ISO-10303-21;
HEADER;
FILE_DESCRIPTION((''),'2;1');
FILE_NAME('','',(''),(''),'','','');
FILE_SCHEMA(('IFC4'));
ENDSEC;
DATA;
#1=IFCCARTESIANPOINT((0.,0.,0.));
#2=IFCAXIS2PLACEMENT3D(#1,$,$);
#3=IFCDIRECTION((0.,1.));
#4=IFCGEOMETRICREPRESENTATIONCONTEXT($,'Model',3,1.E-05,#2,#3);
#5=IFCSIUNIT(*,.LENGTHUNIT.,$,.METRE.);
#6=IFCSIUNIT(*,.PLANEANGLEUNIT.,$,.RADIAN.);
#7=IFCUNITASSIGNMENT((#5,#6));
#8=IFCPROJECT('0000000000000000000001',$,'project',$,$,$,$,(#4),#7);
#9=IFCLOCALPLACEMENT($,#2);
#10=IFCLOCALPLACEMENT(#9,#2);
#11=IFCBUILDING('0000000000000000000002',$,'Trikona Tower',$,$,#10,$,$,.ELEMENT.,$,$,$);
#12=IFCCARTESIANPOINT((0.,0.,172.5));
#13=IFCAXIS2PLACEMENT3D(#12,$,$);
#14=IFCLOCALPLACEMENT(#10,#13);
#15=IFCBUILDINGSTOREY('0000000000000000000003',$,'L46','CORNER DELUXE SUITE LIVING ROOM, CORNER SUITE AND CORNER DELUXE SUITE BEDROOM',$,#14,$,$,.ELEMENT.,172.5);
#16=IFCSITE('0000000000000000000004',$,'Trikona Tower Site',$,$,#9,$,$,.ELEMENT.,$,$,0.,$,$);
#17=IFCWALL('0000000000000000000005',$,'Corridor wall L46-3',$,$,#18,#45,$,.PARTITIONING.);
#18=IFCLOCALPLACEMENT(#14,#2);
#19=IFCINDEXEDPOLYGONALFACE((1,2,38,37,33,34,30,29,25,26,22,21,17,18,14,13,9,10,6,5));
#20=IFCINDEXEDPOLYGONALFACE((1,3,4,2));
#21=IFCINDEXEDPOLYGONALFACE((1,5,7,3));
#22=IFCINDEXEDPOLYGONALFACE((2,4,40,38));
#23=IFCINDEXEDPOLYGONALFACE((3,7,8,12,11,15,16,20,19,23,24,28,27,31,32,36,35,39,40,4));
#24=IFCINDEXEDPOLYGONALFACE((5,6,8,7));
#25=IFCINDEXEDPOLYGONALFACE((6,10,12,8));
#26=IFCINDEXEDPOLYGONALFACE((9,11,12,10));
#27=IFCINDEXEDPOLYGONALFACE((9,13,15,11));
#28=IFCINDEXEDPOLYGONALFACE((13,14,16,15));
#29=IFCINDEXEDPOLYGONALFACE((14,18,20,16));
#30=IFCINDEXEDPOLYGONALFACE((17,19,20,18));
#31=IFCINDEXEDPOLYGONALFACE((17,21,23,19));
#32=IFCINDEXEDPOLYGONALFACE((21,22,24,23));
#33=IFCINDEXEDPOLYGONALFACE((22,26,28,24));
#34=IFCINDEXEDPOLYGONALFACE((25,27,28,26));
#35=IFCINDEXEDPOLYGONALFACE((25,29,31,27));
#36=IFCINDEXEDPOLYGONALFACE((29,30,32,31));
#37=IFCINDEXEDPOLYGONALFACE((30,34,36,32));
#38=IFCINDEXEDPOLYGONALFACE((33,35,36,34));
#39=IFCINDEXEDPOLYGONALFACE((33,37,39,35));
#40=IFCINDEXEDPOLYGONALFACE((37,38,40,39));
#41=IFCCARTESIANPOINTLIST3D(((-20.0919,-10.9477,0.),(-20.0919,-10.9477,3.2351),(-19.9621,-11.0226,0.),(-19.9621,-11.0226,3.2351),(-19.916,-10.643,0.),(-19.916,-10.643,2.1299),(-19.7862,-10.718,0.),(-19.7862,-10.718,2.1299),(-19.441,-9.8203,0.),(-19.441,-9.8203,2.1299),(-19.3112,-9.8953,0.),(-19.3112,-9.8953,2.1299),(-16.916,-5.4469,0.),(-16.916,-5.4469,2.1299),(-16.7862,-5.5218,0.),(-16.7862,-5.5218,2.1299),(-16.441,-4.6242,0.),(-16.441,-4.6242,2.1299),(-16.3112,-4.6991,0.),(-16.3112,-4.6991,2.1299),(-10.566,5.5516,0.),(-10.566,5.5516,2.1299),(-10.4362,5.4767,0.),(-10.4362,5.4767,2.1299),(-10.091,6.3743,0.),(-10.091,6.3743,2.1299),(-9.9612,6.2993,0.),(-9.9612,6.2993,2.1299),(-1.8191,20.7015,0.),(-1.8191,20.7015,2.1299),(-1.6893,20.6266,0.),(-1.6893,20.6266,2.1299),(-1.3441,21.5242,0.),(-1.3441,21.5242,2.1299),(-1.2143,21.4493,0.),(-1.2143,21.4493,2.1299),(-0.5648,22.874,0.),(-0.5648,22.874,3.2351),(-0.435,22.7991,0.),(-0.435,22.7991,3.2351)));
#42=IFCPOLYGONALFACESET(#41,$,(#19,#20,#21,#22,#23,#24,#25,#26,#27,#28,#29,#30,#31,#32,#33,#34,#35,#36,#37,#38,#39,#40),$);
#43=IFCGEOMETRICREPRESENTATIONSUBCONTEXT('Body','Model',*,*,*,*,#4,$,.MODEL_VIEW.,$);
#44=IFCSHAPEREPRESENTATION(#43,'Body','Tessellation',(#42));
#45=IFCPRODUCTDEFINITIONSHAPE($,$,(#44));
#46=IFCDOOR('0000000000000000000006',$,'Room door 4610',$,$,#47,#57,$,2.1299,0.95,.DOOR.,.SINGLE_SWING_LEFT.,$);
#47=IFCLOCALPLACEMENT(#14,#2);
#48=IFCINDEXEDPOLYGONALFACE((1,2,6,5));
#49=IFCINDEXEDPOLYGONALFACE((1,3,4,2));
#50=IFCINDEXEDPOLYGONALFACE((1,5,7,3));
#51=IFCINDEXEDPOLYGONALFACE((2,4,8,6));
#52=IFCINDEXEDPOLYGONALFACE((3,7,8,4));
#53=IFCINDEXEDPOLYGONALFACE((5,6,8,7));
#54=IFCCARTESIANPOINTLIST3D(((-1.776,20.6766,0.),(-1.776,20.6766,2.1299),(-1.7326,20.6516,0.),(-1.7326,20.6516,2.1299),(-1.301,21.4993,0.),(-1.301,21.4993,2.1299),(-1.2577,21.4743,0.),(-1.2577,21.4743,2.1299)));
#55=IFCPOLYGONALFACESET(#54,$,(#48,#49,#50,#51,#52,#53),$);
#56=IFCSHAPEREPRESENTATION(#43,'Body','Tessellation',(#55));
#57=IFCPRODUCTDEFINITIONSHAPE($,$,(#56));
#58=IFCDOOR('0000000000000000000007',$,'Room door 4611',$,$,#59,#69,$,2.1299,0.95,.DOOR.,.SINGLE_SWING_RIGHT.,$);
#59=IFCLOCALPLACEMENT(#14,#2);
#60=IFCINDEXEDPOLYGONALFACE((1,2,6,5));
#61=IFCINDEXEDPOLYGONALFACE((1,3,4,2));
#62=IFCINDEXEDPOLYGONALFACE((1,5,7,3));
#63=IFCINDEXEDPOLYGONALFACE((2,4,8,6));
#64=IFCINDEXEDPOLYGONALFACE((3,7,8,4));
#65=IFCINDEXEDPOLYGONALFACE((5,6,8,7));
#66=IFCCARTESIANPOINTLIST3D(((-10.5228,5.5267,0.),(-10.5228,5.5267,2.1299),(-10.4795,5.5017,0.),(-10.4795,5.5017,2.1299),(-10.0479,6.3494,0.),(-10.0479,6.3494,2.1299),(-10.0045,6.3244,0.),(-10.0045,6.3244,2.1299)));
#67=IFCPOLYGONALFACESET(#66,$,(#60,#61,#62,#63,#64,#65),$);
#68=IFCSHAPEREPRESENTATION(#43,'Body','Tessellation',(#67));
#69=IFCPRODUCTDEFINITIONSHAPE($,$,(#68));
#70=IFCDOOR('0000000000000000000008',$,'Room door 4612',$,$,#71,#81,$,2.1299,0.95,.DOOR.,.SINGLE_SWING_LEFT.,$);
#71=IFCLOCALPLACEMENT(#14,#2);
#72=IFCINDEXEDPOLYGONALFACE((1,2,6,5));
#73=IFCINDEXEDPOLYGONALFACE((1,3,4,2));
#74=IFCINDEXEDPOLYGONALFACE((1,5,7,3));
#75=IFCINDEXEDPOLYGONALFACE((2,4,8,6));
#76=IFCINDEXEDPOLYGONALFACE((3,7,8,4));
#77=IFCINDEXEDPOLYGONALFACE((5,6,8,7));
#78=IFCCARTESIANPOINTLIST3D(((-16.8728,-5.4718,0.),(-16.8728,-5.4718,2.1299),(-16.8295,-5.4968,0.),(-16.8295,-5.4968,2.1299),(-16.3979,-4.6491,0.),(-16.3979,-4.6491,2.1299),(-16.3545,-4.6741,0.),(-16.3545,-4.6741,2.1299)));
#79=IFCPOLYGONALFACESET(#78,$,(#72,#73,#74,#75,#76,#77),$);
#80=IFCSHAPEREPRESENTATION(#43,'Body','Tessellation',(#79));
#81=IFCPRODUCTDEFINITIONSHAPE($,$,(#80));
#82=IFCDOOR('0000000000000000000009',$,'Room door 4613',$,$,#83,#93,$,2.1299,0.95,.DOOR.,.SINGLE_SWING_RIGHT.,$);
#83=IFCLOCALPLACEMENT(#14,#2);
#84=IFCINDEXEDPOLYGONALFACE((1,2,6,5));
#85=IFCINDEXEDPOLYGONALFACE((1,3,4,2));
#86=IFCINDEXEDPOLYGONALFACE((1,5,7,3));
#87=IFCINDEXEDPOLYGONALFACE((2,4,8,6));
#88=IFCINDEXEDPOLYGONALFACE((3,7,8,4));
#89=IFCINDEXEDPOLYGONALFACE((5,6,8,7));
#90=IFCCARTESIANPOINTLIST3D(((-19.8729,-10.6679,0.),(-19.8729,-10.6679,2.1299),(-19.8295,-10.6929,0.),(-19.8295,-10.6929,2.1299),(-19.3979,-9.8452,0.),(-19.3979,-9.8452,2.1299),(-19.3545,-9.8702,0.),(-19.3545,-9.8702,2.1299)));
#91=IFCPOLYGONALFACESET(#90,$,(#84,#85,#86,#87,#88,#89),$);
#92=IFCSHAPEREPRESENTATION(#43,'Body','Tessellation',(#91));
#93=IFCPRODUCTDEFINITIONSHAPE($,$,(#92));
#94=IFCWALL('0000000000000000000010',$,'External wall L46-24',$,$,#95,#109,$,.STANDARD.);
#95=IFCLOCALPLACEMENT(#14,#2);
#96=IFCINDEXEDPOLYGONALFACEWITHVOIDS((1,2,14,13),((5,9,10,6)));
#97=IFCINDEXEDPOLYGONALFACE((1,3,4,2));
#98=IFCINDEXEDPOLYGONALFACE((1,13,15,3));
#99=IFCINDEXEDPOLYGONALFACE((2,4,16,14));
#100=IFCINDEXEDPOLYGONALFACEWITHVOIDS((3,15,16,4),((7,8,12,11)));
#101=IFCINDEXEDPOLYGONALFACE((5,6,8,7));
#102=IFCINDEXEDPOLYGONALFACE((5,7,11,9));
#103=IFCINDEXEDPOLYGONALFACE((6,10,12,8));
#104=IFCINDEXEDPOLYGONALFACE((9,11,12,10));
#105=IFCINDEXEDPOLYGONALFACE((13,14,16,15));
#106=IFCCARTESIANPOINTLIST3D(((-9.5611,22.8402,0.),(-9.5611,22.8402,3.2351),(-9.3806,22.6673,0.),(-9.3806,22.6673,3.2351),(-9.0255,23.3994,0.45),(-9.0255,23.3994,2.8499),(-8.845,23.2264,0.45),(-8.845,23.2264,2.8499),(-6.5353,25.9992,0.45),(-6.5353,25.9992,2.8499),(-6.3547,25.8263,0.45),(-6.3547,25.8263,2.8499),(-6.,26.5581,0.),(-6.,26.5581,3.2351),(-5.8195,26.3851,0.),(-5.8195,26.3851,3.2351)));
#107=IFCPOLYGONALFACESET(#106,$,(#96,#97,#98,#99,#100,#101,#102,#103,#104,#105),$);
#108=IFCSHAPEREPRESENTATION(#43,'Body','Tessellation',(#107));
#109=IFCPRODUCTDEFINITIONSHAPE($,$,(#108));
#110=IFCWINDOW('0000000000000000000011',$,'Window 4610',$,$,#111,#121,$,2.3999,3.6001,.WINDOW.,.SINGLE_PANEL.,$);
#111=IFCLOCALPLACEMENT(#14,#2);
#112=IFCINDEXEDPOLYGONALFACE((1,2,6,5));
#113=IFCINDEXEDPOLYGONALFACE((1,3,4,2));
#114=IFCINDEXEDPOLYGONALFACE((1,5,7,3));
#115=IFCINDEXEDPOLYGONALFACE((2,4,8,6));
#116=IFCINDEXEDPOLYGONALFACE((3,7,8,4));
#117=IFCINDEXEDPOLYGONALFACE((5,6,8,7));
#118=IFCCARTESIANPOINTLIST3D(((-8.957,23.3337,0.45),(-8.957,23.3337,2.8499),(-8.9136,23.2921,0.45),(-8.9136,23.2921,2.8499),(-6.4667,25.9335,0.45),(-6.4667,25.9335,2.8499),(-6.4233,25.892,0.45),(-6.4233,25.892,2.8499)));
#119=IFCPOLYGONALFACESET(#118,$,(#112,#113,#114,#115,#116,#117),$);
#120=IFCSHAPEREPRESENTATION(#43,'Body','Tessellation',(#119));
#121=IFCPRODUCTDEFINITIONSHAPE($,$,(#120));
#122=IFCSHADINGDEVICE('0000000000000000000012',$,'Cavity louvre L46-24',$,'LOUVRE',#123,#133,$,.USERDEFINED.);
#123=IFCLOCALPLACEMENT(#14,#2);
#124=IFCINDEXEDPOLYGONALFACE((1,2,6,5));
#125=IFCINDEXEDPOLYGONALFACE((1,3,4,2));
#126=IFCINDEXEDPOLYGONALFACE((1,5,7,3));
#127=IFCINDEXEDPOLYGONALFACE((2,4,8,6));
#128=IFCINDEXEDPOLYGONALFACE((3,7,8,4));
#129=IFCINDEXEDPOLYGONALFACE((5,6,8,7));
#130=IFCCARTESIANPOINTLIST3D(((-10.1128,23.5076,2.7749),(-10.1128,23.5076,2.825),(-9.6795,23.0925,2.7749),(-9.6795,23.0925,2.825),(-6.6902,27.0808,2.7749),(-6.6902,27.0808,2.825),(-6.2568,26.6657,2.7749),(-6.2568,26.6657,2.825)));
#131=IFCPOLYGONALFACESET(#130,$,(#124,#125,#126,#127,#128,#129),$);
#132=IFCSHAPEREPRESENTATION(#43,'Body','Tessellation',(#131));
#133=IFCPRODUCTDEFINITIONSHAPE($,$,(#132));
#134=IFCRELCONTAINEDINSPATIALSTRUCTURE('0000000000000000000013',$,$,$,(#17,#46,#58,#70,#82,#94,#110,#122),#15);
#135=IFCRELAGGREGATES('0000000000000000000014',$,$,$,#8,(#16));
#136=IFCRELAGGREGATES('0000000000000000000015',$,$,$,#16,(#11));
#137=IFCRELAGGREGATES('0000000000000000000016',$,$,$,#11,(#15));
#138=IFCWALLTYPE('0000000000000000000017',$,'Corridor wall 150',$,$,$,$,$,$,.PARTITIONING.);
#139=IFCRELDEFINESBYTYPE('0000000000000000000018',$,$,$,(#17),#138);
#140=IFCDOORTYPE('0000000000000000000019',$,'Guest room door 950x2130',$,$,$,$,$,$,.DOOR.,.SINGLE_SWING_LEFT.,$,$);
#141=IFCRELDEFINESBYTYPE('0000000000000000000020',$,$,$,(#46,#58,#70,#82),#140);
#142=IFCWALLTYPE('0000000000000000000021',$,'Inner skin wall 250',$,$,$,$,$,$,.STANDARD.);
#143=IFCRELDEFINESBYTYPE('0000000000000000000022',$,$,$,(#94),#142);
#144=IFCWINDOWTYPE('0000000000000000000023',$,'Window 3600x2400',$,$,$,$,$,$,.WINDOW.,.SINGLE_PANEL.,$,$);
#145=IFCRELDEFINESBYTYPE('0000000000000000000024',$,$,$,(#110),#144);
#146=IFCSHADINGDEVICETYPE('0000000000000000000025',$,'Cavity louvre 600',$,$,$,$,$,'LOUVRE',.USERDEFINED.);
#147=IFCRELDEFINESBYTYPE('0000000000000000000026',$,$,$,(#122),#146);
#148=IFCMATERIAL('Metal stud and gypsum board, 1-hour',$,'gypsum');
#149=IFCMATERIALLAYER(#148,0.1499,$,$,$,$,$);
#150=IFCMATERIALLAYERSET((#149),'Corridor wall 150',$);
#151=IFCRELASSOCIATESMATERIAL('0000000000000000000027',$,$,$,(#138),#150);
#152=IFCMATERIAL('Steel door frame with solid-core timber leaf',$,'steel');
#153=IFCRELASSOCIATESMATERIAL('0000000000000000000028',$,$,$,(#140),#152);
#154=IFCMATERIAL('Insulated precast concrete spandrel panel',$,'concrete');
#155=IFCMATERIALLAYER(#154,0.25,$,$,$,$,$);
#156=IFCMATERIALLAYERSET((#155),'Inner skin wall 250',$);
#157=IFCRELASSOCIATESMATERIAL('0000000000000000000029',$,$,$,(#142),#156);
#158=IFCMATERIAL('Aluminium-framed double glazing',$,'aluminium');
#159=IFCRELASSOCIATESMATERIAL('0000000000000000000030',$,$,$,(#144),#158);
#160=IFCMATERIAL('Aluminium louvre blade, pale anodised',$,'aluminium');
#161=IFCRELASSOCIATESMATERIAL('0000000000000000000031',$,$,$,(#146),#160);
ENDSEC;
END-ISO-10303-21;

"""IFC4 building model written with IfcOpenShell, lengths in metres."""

from ifc_helpers import new_model, si_unit, direction, frame, frame_2d, origin, origin_2d, place, context, subcontext, project, spatial, rectangle, extrude, material, layer, layer_set, type_object, element, fill, save


model = new_model("IFC4")

# Units and contexts
model_context = context("Model", 3, precision=1e-05, world=origin(), true_north=direction((0.0, 1.0)))
body_context = subcontext(model_context, "Body", "Model", "MODEL_VIEW")
ifc_project = project(units=[si_unit("LENGTHUNIT", "METRE"), si_unit("PLANEANGLEUNIT", "RADIAN")], contexts=[model_context])

# Site, building, storey
site_placement = place(None, origin())
site = spatial("IfcSite", under=ifc_project, at=site_placement, Name="Trikona Tower Site", CompositionType="ELEMENT", RefElevation=0.0)
building_placement = place(site_placement, origin())
building = spatial("IfcBuilding", under=site, at=building_placement, Name="Trikona Tower", CompositionType="ELEMENT")
storey_placement = place(building_placement, frame((0.0, 0.0, 172.5)))
storey = spatial("IfcBuildingStorey", under=building, at=storey_placement, Name="L46", Description="CORNER DELUXE SUITE LIVING ROOM, CORNER SUITE AND CORNER DELUXE SUITE BEDROOM", CompositionType="ELEMENT", Elevation=172.5)

# Wall, openings, doors
ifc_material_1 = material(Name="Metal stud and gypsum board, 1-hour", Category="gypsum")
ifc_layer_1 = layer(ifc_material_1, 0.1499)
ifc_layer_set_1 = layer_set([ifc_layer_1], Name="Corridor wall 150")
wall_type_1 = type_object("IfcWallType", Name="Corridor wall 150", PredefinedType="PARTITIONING", material=ifc_layer_set_1)
wall_1_placement = place(storey_placement, frame((-0.5, 22.8364, 0.0), z_axis=(0.0, 0.0, 1.0), x_axis=(-0.500002, -0.866024, 0.0)))
wall_1 = element("IfcWall", 1, at=wall_1_placement, inside=storey, type_object=wall_type_1, Name="Corridor wall L46-3", PredefinedType="PARTITIONING", context=body_context, shape_type="SweptSolid", body=[
    extrude(rectangle(XDim=39.054, YDim=0.1499, at=frame_2d((19.5269, 0.0))), origin(), (0.0, 0.0, 1.0), 3.2351),
])
opening_1_placement = place(wall_1_placement, frame((1.5583, 0.0, 0.0)))
opening_1 = element("IfcOpeningElement", 2, at=opening_1_placement, cuts=wall_1, PredefinedType="OPENING", context=body_context, shape_type="SweptSolid", body=[
    extrude(rectangle(XDim=0.95, YDim=2.1299, at=frame_2d((0.4751, 1.0649))), frame((0.0, 0.085, 0.0), z_axis=(0.0, -1.0, 0.0), x_axis=(1.0, 0.0, 0.0)), (0.0, 0.0, 1.0), 0.1699),
])
opening_2_placement = place(wall_1_placement, frame((19.052, 0.0, 0.0)))
opening_2 = element("IfcOpeningElement", 3, at=opening_2_placement, cuts=wall_1, PredefinedType="OPENING", context=body_context, shape_type="SweptSolid", body=[
    extrude(rectangle(XDim=0.95, YDim=2.1299, at=frame_2d((0.4751, 1.0649))), frame((0.0, 0.085, 0.0), z_axis=(0.0, -1.0, 0.0), x_axis=(1.0, 0.0, 0.0)), (0.0, 0.0, 1.0), 0.1699),
])
opening_3_placement = place(wall_1_placement, frame((31.752, 0.0, 0.0)))
opening_3 = element("IfcOpeningElement", 4, at=opening_3_placement, cuts=wall_1, PredefinedType="OPENING", context=body_context, shape_type="SweptSolid", body=[
    extrude(rectangle(XDim=0.95, YDim=2.1299, at=frame_2d((0.4751, 1.0649))), frame((0.0, 0.085, 0.0), z_axis=(0.0, -1.0, 0.0), x_axis=(1.0, 0.0, 0.0)), (0.0, 0.0, 1.0), 0.1699),
])
opening_4_placement = place(wall_1_placement, frame((37.752, 0.0, 0.0)))
opening_4 = element("IfcOpeningElement", 5, at=opening_4_placement, cuts=wall_1, PredefinedType="OPENING", context=body_context, shape_type="SweptSolid", body=[
    extrude(rectangle(XDim=0.95, YDim=2.1299, at=frame_2d((0.4751, 1.0649))), frame((0.0, 0.085, 0.0), z_axis=(0.0, -1.0, 0.0), x_axis=(1.0, 0.0, 0.0)), (0.0, 0.0, 1.0), 0.1699),
])
ifc_material_2 = material(Name="Steel door frame with solid-core timber leaf", Category="steel")
door_type = type_object("IfcDoorType", Name="Guest room door 950x2130", OperationType="SINGLE_SWING_LEFT", PredefinedType="DOOR", material=ifc_material_2)
door_1_placement = place(opening_1_placement, origin())
door_1 = element("IfcDoor", 6, at=door_1_placement, inside=storey, type_object=door_type, Name="Room door 4610", OperationType="SINGLE_SWING_LEFT", OverallHeight=2.1299, OverallWidth=0.95, PredefinedType="DOOR", context=body_context, shape_type="SweptSolid", body=[
    extrude(rectangle(XDim=0.95, YDim=2.1299, at=frame_2d((0.4751, 1.0649))), frame((0.0, 0.0249, 0.0), z_axis=(0.0, -1.0, 0.0), x_axis=(1.0, 0.0, 0.0)), (0.0, 0.0, 1.0), 0.05),
])
fill(opening_1, door_1)
door_2_placement = place(opening_2_placement, origin())
door_2 = element("IfcDoor", 7, at=door_2_placement, inside=storey, type_object=door_type, Name="Room door 4611", OperationType="SINGLE_SWING_RIGHT", OverallHeight=2.1299, OverallWidth=0.95, PredefinedType="DOOR", context=body_context, shape_type="SweptSolid", body=[
    extrude(rectangle(XDim=0.95, YDim=2.1299, at=frame_2d((0.4751, 1.0649))), frame((0.0, 0.0249, 0.0), z_axis=(0.0, -1.0, 0.0), x_axis=(1.0, 0.0, 0.0)), (0.0, 0.0, 1.0), 0.05),
])
fill(opening_2, door_2)
door_3_placement = place(opening_3_placement, origin())
door_3 = element("IfcDoor", 8, at=door_3_placement, inside=storey, type_object=door_type, Name="Room door 4612", OperationType="SINGLE_SWING_LEFT", OverallHeight=2.1299, OverallWidth=0.95, PredefinedType="DOOR", context=body_context, shape_type="SweptSolid", body=[
    extrude(rectangle(XDim=0.95, YDim=2.1299, at=frame_2d((0.4751, 1.0649))), frame((0.0, 0.0249, 0.0), z_axis=(0.0, -1.0, 0.0), x_axis=(1.0, 0.0, 0.0)), (0.0, 0.0, 1.0), 0.05),
])
fill(opening_3, door_3)
door_4_placement = place(opening_4_placement, origin())
door_4 = element("IfcDoor", 9, at=door_4_placement, inside=storey, type_object=door_type, Name="Room door 4613", OperationType="SINGLE_SWING_RIGHT", OverallHeight=2.1299, OverallWidth=0.95, PredefinedType="DOOR", context=body_context, shape_type="SweptSolid", body=[
    extrude(rectangle(XDim=0.95, YDim=2.1299, at=frame_2d((0.4751, 1.0649))), frame((0.0, 0.0249, 0.0), z_axis=(0.0, -1.0, 0.0), x_axis=(1.0, 0.0, 0.0)), (0.0, 0.0, 1.0), 0.05),
])
fill(opening_4, door_4)

# Wall, opening, window
ifc_material_3 = material(Name="Insulated precast concrete spandrel panel", Category="concrete")
ifc_layer_2 = layer(ifc_material_3, 0.25)
ifc_layer_set_2 = layer_set([ifc_layer_2], Name="Inner skin wall 250")
wall_type_2 = type_object("IfcWallType", Name="Inner skin wall 250", PredefinedType="STANDARD", material=ifc_layer_set_2)
wall_2_placement = place(storey_placement, frame((-5.9097, 26.4717, 0.0), z_axis=(0.0, 0.0, 1.0), x_axis=(-0.69172, -0.722166, 0.0)))
wall_2 = element("IfcWall", 10, at=wall_2_placement, inside=storey, type_object=wall_type_2, Name="External wall L46-24", PredefinedType="STANDARD", context=body_context, shape_type="SweptSolid", body=[
    extrude(rectangle(XDim=5.1482, YDim=0.25, at=frame_2d((2.5742, 0.0))), origin(), (0.0, 0.0, 1.0), 3.2351),
])
opening_5_placement = place(wall_2_placement, frame((0.7739, 0.0, 0.45)))
opening_5 = element("IfcOpeningElement", 11, at=opening_5_placement, cuts=wall_2, PredefinedType="OPENING", context=body_context, shape_type="SweptSolid", body=[
    extrude(rectangle(XDim=3.6001, YDim=2.3999, at=frame_2d((1.8, 1.2))), frame((0.0, 0.135, 0.0), z_axis=(0.0, -1.0, 0.0), x_axis=(1.0, 0.0, 0.0)), (0.0, 0.0, 1.0), 0.27),
])
ifc_material_4 = material(Name="Aluminium-framed double glazing", Category="aluminium")
window_type_1 = type_object("IfcWindowType", Name="Window 3600x2400", PartitioningType="SINGLE_PANEL", PredefinedType="WINDOW", material=ifc_material_4)
window_1_placement = place(opening_5_placement, origin())
window_1 = element("IfcWindow", 12, at=window_1_placement, inside=storey, type_object=window_type_1, Name="Window 4610", OverallHeight=2.3999, OverallWidth=3.6001, PartitioningType="SINGLE_PANEL", PredefinedType="WINDOW", context=body_context, shape_type="SweptSolid", body=[
    extrude(rectangle(XDim=3.6001, YDim=2.3999, at=frame_2d((1.8, 1.2))), frame((0.0, 0.03, 0.0), z_axis=(0.0, -1.0, 0.0), x_axis=(1.0, 0.0, 0.0)), (0.0, 0.0, 1.0), 0.0601),
])
fill(opening_5, window_1)

# Shading device
ifc_material_5 = material(Name="Aluminium louvre blade, pale anodised", Category="aluminium")
shading_device_type = type_object("IfcShadingDeviceType", Name="Cavity louvre 600", ElementType="LOUVRE", PredefinedType="USERDEFINED", material=ifc_material_5)
shading_device_placement = place(storey_placement, frame((-8.1848, 25.0867, 2.7749), z_axis=(0.0, 0.0, 1.0), x_axis=(-0.691724, -0.722162, 0.0)))
element("IfcShadingDevice", 13, at=shading_device_placement, inside=storey, type_object=shading_device_type, Name="Cavity louvre L46-24", ObjectType="LOUVRE", PredefinedType="USERDEFINED", context=body_context, shape_type="SweptSolid", body=[
    extrude(rectangle(XDim=4.948, YDim=0.6001, at=origin_2d()), origin(), (0.0, 0.0, 1.0), 0.05),
])

save(model, "model.ifc")
